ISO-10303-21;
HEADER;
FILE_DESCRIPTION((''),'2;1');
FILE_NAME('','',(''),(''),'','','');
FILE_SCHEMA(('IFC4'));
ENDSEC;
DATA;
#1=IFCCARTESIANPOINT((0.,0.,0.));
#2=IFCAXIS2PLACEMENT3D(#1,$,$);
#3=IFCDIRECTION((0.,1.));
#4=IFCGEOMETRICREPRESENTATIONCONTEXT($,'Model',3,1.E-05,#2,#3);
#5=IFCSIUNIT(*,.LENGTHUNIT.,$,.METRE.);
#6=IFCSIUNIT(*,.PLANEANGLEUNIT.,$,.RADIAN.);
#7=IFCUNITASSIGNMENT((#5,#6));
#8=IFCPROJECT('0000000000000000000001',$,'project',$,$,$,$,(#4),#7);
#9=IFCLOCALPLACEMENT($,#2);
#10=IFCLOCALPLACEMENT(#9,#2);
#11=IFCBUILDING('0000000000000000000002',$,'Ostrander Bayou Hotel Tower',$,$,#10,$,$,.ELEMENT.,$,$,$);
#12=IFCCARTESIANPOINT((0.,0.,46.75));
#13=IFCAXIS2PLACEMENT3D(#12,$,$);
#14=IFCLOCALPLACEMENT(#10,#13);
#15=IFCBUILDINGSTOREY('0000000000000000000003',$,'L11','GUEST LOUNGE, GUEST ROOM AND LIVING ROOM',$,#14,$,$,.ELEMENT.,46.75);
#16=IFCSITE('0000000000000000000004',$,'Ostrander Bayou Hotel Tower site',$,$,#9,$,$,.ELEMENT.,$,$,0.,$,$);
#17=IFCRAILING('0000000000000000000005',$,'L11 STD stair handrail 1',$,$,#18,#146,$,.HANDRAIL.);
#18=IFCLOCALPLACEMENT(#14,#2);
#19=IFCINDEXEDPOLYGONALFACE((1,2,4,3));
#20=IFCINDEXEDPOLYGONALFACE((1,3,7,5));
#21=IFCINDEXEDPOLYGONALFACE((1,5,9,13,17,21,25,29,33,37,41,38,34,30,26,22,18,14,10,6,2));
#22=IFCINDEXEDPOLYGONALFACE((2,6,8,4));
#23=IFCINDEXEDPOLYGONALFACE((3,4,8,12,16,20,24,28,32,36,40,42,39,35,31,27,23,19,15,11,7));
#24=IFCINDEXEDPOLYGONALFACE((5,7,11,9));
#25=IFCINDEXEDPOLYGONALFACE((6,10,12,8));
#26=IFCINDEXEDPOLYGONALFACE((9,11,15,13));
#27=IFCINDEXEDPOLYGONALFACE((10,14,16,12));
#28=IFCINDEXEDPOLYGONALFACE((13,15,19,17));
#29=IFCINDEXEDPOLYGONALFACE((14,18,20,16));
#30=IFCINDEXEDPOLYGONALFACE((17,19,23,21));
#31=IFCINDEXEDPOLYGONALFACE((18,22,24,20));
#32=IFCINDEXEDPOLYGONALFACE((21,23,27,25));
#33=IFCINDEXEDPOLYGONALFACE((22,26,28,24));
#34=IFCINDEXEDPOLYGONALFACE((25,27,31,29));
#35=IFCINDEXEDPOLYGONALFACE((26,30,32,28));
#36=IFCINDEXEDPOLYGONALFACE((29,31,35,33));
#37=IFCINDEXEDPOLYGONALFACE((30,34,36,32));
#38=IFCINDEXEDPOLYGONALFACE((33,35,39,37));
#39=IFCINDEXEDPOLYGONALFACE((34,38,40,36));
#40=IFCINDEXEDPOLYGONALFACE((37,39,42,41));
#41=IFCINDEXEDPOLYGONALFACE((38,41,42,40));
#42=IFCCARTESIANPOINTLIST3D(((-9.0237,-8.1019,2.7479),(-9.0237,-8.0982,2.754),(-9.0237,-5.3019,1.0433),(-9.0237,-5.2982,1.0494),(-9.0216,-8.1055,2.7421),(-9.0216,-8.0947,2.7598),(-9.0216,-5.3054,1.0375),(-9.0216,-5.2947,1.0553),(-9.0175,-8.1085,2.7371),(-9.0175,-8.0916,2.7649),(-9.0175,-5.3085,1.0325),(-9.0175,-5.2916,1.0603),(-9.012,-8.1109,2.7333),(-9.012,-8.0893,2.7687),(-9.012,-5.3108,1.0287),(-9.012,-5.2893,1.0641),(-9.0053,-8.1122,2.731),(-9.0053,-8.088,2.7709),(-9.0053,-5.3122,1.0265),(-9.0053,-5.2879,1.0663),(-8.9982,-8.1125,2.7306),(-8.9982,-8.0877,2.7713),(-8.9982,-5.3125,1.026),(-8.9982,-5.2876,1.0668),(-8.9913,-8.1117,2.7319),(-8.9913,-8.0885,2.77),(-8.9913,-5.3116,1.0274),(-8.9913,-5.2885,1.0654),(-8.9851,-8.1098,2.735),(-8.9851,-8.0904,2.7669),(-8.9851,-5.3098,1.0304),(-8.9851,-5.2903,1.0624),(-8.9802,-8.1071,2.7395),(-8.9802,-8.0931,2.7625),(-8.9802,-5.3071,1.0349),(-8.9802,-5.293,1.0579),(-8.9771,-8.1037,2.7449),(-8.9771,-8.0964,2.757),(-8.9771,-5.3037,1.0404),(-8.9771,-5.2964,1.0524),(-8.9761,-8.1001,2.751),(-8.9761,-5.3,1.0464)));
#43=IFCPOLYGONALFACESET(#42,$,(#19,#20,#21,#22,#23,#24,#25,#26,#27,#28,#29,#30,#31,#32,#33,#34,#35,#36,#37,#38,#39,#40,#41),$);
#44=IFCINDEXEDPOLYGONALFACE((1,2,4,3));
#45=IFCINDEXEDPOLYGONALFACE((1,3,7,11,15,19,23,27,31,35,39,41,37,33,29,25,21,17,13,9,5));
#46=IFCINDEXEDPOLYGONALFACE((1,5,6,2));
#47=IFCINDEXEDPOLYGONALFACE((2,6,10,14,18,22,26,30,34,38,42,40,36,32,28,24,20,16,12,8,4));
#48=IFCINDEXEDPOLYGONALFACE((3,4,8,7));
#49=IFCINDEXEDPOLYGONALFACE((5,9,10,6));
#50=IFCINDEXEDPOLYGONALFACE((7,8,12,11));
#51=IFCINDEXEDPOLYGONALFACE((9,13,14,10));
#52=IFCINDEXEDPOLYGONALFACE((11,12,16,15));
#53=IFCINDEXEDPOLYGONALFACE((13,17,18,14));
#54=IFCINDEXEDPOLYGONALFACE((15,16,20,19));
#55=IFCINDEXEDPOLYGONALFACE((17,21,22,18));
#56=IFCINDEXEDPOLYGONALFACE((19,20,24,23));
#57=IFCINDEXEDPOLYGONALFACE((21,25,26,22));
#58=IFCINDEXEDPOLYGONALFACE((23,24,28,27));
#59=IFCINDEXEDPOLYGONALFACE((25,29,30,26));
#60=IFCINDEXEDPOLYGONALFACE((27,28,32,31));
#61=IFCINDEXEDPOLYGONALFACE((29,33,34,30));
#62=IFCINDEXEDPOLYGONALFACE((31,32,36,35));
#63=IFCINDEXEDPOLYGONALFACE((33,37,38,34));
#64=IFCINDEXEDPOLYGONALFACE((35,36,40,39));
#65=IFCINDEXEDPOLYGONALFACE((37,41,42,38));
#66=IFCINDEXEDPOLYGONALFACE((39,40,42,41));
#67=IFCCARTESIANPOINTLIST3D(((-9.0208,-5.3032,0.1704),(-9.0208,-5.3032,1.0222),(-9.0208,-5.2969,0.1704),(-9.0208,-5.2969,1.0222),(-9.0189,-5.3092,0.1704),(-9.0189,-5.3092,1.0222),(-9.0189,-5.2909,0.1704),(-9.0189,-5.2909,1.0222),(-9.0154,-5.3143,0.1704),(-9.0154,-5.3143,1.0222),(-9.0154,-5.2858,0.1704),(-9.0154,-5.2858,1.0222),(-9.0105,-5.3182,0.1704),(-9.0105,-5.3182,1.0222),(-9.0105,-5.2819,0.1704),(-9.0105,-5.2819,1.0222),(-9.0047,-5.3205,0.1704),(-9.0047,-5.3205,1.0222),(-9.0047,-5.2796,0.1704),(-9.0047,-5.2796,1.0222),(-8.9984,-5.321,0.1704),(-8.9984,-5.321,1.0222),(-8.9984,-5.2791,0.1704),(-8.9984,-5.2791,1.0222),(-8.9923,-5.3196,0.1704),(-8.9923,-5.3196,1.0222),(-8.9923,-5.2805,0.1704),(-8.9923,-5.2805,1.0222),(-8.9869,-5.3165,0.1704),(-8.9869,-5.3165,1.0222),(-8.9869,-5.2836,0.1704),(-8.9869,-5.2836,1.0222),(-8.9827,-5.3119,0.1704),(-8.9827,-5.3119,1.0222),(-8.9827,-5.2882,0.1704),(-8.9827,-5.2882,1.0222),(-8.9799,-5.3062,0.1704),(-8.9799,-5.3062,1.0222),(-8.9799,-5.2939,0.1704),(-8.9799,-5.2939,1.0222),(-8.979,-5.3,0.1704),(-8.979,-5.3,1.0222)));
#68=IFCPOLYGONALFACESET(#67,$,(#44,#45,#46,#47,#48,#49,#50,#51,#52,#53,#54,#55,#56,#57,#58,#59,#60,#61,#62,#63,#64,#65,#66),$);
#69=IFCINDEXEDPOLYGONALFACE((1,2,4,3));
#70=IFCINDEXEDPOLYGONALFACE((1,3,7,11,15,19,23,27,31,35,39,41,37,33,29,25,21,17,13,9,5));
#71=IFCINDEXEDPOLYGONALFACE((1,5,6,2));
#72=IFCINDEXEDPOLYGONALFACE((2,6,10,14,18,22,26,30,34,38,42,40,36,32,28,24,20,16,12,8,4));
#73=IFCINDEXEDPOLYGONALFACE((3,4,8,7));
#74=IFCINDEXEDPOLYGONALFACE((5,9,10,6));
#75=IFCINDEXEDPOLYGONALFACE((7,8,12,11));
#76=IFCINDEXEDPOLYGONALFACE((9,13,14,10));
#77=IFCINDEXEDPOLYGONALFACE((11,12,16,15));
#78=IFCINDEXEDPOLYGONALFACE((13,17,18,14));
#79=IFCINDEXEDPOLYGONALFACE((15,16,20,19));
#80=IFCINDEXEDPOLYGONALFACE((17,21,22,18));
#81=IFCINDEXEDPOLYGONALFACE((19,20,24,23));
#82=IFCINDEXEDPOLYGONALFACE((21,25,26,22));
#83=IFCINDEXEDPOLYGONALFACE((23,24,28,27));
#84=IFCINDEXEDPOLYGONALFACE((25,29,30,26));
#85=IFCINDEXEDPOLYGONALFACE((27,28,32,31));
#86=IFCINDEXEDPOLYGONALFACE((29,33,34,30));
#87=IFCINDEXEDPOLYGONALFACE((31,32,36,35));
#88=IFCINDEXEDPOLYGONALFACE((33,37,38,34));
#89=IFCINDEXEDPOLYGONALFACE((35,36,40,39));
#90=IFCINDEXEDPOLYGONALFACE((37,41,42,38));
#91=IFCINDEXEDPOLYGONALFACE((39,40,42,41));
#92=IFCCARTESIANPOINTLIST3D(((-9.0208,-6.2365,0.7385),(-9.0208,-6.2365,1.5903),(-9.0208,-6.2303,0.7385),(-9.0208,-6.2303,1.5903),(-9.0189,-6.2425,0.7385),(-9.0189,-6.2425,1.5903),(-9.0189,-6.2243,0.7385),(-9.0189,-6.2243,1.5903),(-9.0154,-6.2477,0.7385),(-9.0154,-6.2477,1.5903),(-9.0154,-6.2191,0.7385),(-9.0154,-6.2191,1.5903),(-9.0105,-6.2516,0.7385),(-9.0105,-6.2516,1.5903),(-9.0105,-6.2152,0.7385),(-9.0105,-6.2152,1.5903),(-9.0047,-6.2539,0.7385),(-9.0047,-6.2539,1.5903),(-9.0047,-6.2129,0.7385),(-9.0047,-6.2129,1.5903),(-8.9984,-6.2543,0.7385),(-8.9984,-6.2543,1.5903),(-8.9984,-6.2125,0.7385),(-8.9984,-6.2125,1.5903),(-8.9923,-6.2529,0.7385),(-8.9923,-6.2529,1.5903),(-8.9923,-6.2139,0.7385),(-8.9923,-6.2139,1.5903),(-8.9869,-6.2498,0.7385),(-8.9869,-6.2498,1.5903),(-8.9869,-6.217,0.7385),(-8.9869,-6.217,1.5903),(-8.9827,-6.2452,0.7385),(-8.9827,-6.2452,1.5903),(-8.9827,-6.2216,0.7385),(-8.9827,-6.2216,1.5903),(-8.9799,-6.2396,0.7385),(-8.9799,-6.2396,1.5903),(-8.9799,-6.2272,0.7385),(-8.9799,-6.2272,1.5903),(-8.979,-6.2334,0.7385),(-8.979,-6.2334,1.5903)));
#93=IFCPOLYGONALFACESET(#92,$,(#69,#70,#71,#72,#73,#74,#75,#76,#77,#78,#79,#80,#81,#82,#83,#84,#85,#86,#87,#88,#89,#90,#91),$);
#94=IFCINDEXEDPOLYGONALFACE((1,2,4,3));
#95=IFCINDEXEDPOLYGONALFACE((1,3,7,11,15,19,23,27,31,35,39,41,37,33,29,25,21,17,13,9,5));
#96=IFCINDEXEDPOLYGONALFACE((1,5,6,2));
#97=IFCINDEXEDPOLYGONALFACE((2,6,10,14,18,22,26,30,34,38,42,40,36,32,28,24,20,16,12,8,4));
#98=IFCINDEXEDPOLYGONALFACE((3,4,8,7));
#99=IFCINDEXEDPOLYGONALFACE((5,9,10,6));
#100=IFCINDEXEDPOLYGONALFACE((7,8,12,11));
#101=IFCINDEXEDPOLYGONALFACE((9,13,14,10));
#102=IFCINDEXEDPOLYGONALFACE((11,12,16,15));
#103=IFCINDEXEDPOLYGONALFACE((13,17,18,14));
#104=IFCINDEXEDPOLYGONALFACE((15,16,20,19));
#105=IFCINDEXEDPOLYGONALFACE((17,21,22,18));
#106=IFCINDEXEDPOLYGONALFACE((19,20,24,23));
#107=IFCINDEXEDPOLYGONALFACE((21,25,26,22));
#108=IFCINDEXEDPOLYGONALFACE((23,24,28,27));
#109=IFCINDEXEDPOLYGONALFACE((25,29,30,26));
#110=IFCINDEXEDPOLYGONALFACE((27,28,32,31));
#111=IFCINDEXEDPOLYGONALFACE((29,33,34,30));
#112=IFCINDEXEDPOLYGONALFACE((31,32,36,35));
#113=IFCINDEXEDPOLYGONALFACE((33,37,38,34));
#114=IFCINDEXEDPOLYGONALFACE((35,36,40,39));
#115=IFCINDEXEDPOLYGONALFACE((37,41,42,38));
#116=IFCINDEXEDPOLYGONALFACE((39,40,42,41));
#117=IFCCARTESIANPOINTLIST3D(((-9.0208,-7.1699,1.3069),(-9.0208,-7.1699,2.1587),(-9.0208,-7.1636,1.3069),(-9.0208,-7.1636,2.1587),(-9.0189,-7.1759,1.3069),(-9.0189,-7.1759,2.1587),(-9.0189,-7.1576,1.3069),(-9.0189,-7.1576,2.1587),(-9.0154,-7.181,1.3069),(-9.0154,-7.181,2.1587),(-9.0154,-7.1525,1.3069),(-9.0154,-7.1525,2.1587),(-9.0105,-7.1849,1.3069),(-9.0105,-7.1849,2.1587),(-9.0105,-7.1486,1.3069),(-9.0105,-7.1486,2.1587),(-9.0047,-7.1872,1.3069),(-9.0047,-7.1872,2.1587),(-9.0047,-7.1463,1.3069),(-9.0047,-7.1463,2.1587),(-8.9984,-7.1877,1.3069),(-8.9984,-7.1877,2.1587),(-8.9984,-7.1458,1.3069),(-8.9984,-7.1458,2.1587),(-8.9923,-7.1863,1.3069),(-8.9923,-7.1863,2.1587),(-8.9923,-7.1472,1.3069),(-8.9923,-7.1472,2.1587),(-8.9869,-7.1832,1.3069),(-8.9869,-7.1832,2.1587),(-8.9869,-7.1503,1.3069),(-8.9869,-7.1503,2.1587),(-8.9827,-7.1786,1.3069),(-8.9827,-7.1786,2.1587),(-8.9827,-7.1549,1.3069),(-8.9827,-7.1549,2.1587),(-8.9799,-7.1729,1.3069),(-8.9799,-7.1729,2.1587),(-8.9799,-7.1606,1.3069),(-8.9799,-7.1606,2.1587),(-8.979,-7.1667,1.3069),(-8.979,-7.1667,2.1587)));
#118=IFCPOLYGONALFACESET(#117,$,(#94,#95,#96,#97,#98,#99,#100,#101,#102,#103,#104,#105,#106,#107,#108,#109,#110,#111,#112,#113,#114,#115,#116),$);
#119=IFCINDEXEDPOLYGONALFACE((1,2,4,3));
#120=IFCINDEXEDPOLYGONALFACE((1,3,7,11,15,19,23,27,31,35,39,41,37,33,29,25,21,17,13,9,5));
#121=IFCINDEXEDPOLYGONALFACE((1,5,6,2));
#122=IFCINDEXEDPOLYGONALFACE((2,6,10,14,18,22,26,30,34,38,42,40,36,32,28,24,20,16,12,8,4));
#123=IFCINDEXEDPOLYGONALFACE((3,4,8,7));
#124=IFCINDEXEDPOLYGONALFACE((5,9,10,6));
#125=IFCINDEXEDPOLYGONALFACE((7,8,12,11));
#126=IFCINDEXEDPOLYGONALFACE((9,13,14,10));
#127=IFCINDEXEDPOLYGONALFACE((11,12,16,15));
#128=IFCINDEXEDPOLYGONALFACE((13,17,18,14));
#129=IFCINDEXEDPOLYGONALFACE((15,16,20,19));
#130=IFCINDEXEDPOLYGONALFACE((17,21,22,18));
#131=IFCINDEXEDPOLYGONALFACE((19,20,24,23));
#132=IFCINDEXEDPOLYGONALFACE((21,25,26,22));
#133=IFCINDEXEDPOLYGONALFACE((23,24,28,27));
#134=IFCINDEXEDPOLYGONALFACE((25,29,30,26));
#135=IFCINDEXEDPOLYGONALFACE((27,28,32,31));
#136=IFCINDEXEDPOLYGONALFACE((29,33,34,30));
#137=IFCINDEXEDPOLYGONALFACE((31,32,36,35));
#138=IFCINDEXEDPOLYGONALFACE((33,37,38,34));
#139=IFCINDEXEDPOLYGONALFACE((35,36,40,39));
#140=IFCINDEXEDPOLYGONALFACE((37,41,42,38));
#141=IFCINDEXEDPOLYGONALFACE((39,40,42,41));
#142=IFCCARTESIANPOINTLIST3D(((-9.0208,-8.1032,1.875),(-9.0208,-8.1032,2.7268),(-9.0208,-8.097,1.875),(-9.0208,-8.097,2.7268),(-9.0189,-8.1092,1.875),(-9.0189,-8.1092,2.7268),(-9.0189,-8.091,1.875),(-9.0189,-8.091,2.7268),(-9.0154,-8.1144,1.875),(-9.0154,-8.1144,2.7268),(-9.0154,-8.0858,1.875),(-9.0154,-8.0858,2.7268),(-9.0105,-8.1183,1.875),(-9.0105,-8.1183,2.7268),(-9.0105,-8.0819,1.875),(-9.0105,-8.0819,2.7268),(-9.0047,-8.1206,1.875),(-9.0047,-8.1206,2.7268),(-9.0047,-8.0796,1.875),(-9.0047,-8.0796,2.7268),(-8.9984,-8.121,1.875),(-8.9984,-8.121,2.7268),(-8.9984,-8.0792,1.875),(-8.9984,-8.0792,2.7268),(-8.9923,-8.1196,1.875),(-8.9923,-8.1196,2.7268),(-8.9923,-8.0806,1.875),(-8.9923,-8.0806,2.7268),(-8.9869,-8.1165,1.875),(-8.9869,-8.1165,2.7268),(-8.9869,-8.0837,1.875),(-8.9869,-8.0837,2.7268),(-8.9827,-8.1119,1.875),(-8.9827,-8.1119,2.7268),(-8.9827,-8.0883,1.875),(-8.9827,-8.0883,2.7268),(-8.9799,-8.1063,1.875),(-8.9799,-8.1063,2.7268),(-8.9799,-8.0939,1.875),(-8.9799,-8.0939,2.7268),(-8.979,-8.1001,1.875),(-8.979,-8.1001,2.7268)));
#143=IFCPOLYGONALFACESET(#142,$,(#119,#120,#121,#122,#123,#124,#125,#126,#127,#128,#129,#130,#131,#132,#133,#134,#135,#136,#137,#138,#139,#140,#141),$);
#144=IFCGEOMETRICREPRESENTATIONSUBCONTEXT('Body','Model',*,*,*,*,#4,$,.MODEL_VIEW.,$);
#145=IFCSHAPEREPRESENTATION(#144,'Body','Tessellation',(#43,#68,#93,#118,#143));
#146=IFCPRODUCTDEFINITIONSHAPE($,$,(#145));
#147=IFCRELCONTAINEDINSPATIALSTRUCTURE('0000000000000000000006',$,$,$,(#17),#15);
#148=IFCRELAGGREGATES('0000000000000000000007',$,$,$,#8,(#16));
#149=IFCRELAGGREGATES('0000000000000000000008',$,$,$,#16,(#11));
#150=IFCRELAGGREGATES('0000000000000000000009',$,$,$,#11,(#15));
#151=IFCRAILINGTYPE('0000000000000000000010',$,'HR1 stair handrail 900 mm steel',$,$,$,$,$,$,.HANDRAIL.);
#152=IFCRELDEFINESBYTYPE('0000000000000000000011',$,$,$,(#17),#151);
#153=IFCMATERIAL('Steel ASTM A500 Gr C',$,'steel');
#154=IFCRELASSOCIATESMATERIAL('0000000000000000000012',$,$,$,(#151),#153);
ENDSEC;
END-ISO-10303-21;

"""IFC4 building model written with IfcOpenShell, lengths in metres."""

from ifc_helpers import new_model, si_unit, direction, frame, origin, origin_2d, place, context, subcontext, project, spatial, circle, extrude, material, type_object, element, save


model = new_model("IFC4")

# Units and contexts
model_context = context("Model", 3, precision=1e-05, world=origin(), true_north=direction((0.0, 1.0)))
body_context = subcontext(model_context, "Body", "Model", "MODEL_VIEW")
ifc_project = project(units=[si_unit("LENGTHUNIT", "METRE"), si_unit("PLANEANGLEUNIT", "RADIAN")], contexts=[model_context])

# Site, building, storey
site_placement = place(None, origin())
site = spatial("IfcSite", under=ifc_project, at=site_placement, Name="Ostrander Bayou Hotel Tower site", CompositionType="ELEMENT", RefElevation=0.0)
building_placement = place(site_placement, origin())
building = spatial("IfcBuilding", under=site, at=building_placement, Name="Ostrander Bayou Hotel Tower", CompositionType="ELEMENT")
storey_placement = place(building_placement, frame((0.0, 0.0, 46.75)))
storey = spatial("IfcBuildingStorey", under=building, at=storey_placement, Name="L11", Description="GUEST LOUNGE, GUEST ROOM AND LIVING ROOM", CompositionType="ELEMENT", Elevation=46.75)

# Railing
ifc_material_1 = material(Name="Steel ASTM A500 Gr C", Category="steel")
railing_type_1 = type_object("IfcRailingType", Name="HR1 stair handrail 900 mm steel", PredefinedType="HANDRAIL", material=ifc_material_1)
railing_1_placement = place(storey_placement, frame((-9.0, -5.3, 0.1704)))
element("IfcRailing", 1, at=railing_1_placement, inside=storey, type_object=railing_type_1, Name="L11 STD stair handrail 1", PredefinedType="HANDRAIL", context=body_context, shape_type="SweptSolid", body=[
    extrude(circle(Radius=0.0239, at=origin_2d()), frame((0.0, 0.0, 0.876), z_axis=(0.0, -0.85417, 0.519994), x_axis=(1.0, 0.0, 0.0)), (0.0, 0.0, 1.0), 3.2781),
    extrude(circle(Radius=0.021, at=origin_2d()), origin(), (0.0, 0.0, 1.0), 0.8518),
    extrude(circle(Radius=0.021, at=origin_2d()), frame((0.0, -0.9333, 0.5681)), (0.0, 0.0, 1.0), 0.8518),
    extrude(circle(Radius=0.021, at=origin_2d()), frame((0.0, -1.8667, 1.1365)), (0.0, 0.0, 1.0), 0.8518),
    extrude(circle(Radius=0.021, at=origin_2d()), frame((0.0, -2.8, 1.7046)), (0.0, 0.0, 1.0), 0.8518),
])

save(model, "model.ifc")
